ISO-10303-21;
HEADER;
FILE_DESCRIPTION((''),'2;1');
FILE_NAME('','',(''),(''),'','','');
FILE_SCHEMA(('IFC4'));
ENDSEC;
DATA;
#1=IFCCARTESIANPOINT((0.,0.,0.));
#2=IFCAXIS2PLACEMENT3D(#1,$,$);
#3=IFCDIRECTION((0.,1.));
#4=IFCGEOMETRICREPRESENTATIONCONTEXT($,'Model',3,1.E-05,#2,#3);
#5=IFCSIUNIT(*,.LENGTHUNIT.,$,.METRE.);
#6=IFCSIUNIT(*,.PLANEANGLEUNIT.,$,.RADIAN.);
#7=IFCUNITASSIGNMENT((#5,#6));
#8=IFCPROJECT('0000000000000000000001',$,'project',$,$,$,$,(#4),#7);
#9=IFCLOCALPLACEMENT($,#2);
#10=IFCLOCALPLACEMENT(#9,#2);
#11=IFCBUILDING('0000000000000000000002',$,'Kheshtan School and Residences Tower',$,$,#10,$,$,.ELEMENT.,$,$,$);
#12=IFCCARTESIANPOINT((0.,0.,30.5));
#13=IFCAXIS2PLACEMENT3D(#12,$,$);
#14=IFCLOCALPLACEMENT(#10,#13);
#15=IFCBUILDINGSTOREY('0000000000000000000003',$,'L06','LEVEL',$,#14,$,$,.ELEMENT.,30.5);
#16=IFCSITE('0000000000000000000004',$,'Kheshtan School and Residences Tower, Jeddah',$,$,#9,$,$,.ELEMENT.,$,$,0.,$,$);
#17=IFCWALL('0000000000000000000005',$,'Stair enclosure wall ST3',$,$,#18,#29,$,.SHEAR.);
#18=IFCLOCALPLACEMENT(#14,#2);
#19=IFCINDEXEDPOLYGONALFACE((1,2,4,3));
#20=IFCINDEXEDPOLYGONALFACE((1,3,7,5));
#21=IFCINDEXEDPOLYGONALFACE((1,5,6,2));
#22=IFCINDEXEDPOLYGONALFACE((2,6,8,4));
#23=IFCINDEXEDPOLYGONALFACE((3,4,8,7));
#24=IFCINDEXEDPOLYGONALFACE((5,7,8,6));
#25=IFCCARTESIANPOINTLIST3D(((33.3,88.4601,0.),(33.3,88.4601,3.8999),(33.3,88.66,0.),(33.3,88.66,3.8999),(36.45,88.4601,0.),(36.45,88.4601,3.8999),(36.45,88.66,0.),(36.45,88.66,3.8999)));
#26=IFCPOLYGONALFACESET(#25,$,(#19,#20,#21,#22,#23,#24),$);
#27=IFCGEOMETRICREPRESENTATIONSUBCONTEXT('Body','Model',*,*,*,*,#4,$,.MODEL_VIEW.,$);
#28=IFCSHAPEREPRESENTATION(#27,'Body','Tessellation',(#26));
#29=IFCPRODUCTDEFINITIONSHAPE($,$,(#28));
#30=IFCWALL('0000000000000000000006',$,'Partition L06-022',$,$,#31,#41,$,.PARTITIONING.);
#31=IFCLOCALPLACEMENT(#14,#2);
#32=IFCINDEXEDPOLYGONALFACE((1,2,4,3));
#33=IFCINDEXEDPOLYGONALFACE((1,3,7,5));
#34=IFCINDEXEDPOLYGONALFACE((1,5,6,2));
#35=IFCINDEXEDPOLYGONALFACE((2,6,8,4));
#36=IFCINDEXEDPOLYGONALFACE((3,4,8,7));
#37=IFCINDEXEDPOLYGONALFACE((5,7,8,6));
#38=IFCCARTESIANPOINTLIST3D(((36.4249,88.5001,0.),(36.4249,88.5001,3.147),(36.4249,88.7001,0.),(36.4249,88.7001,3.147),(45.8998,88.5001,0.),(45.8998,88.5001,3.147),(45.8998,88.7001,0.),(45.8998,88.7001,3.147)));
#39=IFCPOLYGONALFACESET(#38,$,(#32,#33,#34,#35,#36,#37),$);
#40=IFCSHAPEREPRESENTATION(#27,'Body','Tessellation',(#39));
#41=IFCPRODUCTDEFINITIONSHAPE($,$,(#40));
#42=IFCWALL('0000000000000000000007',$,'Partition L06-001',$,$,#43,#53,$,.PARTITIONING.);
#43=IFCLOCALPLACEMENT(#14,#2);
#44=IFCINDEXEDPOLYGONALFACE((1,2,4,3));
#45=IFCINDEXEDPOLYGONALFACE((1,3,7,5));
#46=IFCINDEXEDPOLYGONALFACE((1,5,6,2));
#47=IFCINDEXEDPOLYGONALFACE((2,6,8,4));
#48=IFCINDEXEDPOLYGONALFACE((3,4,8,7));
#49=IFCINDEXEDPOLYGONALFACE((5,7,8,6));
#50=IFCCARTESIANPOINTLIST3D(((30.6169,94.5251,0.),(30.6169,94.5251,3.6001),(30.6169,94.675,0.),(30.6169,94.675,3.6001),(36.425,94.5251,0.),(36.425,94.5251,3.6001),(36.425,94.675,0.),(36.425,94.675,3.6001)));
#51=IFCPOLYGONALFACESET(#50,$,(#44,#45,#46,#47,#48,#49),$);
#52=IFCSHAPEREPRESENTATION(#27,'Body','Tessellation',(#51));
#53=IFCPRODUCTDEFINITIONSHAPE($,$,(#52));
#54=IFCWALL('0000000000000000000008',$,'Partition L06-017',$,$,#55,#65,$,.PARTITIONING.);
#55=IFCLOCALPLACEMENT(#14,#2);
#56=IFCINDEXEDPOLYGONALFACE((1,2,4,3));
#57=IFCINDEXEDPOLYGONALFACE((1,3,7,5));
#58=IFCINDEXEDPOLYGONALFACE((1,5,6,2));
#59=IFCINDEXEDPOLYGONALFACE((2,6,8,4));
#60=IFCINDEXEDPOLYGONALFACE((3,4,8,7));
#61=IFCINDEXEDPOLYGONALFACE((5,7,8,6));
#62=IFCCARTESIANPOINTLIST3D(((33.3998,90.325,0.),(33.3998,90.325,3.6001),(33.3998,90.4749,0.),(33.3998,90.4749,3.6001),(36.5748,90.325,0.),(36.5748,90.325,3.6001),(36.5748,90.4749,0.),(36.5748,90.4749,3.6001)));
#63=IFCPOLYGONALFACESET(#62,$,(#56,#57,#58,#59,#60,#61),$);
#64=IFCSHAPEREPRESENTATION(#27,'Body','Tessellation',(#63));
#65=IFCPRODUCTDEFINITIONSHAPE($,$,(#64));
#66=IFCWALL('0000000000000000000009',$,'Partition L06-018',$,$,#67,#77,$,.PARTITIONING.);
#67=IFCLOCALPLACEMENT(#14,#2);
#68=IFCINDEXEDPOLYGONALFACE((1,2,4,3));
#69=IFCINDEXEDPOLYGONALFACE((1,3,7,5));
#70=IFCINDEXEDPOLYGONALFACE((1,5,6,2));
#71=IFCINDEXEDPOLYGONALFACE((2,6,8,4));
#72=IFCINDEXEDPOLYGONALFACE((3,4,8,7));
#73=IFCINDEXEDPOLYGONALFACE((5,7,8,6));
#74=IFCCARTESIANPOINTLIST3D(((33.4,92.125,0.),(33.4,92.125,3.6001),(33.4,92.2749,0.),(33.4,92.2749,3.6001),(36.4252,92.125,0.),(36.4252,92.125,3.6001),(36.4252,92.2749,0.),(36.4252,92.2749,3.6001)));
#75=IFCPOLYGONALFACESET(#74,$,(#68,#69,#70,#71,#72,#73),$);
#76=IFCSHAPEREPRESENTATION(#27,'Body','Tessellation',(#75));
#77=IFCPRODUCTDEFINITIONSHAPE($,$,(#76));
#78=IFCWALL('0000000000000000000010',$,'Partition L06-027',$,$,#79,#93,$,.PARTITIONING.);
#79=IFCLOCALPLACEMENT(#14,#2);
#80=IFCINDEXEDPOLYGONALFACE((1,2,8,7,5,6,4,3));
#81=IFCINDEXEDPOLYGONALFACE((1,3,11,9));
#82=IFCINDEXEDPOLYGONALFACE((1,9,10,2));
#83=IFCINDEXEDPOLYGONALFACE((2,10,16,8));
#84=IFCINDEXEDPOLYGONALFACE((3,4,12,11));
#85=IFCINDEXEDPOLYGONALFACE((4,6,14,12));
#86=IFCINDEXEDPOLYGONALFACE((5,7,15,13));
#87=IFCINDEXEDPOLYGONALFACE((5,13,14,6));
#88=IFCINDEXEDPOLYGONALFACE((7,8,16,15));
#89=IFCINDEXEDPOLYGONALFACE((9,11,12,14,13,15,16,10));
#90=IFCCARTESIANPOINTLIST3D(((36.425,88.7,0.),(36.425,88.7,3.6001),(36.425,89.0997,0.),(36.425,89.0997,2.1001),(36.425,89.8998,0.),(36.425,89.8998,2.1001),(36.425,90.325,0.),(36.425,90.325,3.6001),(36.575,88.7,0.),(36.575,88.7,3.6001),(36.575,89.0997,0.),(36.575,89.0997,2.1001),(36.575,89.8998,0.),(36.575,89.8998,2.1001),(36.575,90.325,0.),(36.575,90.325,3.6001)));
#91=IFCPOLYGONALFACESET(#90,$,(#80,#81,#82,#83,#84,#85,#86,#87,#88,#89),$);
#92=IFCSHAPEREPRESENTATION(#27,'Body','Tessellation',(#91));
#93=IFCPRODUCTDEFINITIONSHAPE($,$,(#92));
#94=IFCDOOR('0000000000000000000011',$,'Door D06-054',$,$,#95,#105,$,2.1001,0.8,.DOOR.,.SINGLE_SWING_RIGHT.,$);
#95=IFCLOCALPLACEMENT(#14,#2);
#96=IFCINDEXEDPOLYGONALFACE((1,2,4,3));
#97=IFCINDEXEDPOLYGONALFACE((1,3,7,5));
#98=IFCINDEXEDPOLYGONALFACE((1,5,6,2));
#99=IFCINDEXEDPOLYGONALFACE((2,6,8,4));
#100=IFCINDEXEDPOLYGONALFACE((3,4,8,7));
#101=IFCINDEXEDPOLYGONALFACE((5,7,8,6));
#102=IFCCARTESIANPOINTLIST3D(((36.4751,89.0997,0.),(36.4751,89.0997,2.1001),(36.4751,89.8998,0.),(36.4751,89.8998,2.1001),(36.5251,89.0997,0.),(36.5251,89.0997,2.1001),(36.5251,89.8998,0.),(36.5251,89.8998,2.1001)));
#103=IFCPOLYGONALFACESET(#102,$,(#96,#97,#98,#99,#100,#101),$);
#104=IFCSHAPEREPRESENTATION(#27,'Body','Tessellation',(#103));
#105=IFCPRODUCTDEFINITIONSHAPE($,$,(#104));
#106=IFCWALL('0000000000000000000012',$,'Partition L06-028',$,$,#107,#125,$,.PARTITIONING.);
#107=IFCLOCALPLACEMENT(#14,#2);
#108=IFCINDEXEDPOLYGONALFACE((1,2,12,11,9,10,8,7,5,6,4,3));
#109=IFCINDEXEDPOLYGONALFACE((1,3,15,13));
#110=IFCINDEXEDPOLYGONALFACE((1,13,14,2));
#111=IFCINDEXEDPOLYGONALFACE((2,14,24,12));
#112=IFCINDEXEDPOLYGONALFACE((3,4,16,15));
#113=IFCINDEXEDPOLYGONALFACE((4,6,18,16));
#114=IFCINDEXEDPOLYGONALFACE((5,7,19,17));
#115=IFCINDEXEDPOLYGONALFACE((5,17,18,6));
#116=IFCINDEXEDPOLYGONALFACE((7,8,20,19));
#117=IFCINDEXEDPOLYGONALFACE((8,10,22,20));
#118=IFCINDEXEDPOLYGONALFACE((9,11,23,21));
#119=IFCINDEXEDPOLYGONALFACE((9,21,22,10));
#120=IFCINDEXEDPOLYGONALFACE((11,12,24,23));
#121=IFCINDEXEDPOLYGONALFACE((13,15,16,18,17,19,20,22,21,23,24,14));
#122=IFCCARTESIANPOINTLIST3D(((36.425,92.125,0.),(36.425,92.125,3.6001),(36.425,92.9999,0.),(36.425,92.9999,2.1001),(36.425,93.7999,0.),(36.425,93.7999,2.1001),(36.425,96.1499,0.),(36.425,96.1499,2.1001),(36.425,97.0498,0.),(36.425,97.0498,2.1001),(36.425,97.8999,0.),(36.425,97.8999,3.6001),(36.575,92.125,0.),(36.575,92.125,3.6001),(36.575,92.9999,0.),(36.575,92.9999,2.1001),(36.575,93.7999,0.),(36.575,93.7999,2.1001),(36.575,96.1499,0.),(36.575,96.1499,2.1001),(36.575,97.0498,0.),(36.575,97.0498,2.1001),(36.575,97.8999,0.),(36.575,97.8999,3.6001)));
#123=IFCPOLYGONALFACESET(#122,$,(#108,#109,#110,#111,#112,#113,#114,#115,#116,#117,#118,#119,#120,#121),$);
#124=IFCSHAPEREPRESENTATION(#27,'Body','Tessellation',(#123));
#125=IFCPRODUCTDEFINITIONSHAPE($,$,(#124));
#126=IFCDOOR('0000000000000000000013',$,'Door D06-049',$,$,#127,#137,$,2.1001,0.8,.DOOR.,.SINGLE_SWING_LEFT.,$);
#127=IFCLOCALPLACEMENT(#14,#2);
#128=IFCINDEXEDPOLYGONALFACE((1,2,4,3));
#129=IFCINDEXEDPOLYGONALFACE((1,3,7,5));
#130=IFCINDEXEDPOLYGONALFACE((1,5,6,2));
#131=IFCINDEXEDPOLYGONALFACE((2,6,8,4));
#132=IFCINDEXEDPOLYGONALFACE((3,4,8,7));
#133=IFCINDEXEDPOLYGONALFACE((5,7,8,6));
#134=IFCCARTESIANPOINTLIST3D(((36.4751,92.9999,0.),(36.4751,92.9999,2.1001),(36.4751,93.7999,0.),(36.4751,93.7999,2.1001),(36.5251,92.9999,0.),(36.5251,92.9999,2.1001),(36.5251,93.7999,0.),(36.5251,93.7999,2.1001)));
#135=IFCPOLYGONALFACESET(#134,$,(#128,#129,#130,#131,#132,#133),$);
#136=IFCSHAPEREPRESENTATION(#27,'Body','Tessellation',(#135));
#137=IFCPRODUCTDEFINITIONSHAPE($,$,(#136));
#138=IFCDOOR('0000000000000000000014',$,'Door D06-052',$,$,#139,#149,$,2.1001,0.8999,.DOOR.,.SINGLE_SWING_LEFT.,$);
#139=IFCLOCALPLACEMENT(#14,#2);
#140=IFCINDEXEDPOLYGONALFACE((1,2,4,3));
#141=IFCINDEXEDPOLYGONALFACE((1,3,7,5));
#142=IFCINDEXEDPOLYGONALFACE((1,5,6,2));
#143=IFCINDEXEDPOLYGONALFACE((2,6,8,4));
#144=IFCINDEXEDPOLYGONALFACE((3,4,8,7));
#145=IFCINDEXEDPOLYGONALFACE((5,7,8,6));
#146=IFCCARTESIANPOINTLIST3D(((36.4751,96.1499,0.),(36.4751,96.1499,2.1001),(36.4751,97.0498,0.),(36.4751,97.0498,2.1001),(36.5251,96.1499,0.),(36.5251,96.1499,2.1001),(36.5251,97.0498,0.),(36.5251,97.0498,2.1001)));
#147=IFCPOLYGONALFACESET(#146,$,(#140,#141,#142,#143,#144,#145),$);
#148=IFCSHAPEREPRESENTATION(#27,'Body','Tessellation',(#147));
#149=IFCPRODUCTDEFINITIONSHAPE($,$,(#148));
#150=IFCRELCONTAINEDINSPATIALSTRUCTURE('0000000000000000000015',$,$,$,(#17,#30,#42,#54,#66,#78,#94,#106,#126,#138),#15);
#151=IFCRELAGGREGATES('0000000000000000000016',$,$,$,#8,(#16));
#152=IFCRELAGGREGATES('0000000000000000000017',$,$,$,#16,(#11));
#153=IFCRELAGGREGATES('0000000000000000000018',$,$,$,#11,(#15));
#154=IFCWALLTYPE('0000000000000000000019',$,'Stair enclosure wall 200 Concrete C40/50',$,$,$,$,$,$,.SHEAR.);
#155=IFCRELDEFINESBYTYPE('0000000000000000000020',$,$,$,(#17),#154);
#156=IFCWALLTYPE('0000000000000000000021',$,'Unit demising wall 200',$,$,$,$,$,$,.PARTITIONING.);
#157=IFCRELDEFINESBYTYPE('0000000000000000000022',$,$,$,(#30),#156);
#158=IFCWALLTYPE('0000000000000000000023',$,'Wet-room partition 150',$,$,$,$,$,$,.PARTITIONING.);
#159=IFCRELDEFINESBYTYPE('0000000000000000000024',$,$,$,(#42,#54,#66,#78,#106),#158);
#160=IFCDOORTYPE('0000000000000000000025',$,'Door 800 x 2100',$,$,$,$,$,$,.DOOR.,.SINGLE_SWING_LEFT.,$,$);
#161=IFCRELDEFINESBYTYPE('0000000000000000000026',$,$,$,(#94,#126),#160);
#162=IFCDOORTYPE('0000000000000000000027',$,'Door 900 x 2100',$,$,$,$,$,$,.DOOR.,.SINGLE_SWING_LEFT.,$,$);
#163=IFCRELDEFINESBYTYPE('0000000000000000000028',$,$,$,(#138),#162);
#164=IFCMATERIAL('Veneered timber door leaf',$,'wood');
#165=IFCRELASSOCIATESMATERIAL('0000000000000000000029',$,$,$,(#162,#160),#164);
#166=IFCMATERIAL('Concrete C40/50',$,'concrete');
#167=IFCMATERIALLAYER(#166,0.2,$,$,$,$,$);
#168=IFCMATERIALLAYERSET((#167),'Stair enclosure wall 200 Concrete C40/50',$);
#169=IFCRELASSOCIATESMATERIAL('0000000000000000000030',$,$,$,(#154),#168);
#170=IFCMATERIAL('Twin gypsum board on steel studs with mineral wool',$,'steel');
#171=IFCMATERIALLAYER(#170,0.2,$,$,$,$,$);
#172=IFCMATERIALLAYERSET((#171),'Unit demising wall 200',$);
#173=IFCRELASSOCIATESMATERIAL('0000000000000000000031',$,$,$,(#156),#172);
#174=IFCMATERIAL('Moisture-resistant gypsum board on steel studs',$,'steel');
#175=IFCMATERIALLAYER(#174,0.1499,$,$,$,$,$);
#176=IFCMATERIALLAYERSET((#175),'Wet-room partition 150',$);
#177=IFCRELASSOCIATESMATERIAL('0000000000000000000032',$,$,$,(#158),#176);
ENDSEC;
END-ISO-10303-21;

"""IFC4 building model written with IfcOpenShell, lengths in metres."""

from ifc_helpers import new_model, si_unit, direction, frame, frame_2d, origin, place, context, subcontext, project, spatial, rectangle, extrude, source, transform, mapped, material, layer, layer_set, type_object, element, fill, save


model = new_model("IFC4")

# Units and contexts
model_context = context("Model", 3, precision=1e-05, world=origin(), true_north=direction((0.0, 1.0)))
body_context = subcontext(model_context, "Body", "Model", "MODEL_VIEW")
ifc_project = project(units=[si_unit("LENGTHUNIT", "METRE"), si_unit("PLANEANGLEUNIT", "RADIAN")], contexts=[model_context])

# Site, building, storey
site_placement = place(None, origin())
site = spatial("IfcSite", under=ifc_project, at=site_placement, Name="Kheshtan School and Residences Tower, Jeddah", CompositionType="ELEMENT", RefElevation=0.0)
building_placement = place(site_placement, origin())
building = spatial("IfcBuilding", under=site, at=building_placement, Name="Kheshtan School and Residences Tower", CompositionType="ELEMENT")
storey_placement = place(building_placement, frame((0.0, 0.0, 30.5)))
storey = spatial("IfcBuildingStorey", under=building, at=storey_placement, Name="L06", Description="LEVEL", CompositionType="ELEMENT", Elevation=30.5)

# Shared definitions
ifc_material_1 = material(Name="Veneered timber door leaf", Category="wood")
door_type_1 = type_object("IfcDoorType", Name="Door 900 x 2100", OperationType="SINGLE_SWING_LEFT", PredefinedType="DOOR", material=ifc_material_1)
shared_shape_1 = source(origin(), body_context, "Body", "SweptSolid", [
    extrude(rectangle(XDim=0.8999, YDim=2.1001, at=frame_2d((0.45, 1.05))), frame((0.0, 0.0249, 0.0), z_axis=(0.0, -1.0, 0.0), x_axis=(1.0, 0.0, 0.0)), (0.0, 0.0, 1.0), 0.05),
])

# Walls
ifc_material_2 = material(Name="Concrete C40/50", Category="concrete")
ifc_layer_1 = layer(ifc_material_2, 0.2)
ifc_layer_set_1 = layer_set([ifc_layer_1], Name="Stair enclosure wall 200 Concrete C40/50")
wall_type_1 = type_object("IfcWallType", Name="Stair enclosure wall 200 Concrete C40/50", PredefinedType="SHEAR", material=ifc_layer_set_1)
wall_1_placement = place(storey_placement, frame((33.3, 88.5601, 0.0), z_axis=(0.0, 0.0, 1.0), x_axis=(1.0, 0.0, 0.0)))
element("IfcWall", 1, at=wall_1_placement, inside=storey, type_object=wall_type_1, Name="Stair enclosure wall ST3", PredefinedType="SHEAR", context=body_context, shape_type="SweptSolid", body=[
    extrude(rectangle(XDim=3.1499, YDim=0.2, at=frame_2d((1.575, 0.0))), origin(), (0.0, 0.0, 1.0), 3.8999),
])
ifc_material_3 = material(Name="Twin gypsum board on steel studs with mineral wool", Category="steel")
ifc_layer_2 = layer(ifc_material_3, 0.2)
ifc_layer_set_2 = layer_set([ifc_layer_2], Name="Unit demising wall 200")
wall_type_2 = type_object("IfcWallType", Name="Unit demising wall 200", PredefinedType="PARTITIONING", material=ifc_layer_set_2)
wall_2_placement = place(storey_placement, frame((36.425, 88.6001, 0.0), z_axis=(0.0, 0.0, 1.0), x_axis=(1.0, 0.0, 0.0)))
element("IfcWall", 2, at=wall_2_placement, inside=storey, type_object=wall_type_2, Name="Partition L06-022", PredefinedType="PARTITIONING", context=body_context, shape_type="SweptSolid", body=[
    extrude(rectangle(XDim=9.4749, YDim=0.2, at=frame_2d((4.7373, 0.0))), origin(), (0.0, 0.0, 1.0), 3.147),
])
ifc_material_4 = material(Name="Moisture-resistant gypsum board on steel studs", Category="steel")
ifc_layer_3 = layer(ifc_material_4, 0.1499)
ifc_layer_set_3 = layer_set([ifc_layer_3], Name="Wet-room partition 150")
wall_type_3 = type_object("IfcWallType", Name="Wet-room partition 150", PredefinedType="PARTITIONING", material=ifc_layer_set_3)
wall_3_placement = place(storey_placement, frame((30.6169, 94.6001, 0.0), z_axis=(0.0, 0.0, 1.0), x_axis=(1.0, 0.0, 0.0)))
element("IfcWall", 3, at=wall_3_placement, inside=storey, type_object=wall_type_3, Name="Partition L06-001", PredefinedType="PARTITIONING", context=body_context, shape_type="SweptSolid", body=[
    extrude(rectangle(XDim=5.8081, YDim=0.1499, at=frame_2d((2.9041, 0.0))), origin(), (0.0, 0.0, 1.0), 3.6001),
])
wall_4_placement = place(storey_placement, frame((33.3999, 90.3999, 0.0), z_axis=(0.0, 0.0, 1.0), x_axis=(1.0, 0.0, 0.0)))
element("IfcWall", 4, at=wall_4_placement, inside=storey, type_object=wall_type_3, Name="Partition L06-017", PredefinedType="PARTITIONING", context=body_context, shape_type="SweptSolid", body=[
    extrude(rectangle(XDim=3.175, YDim=0.1499, at=frame_2d((1.5874, 0.0))), origin(), (0.0, 0.0, 1.0), 3.6001),
])
wall_5_placement = place(storey_placement, frame((33.3999, 92.2, 0.0), z_axis=(0.0, 0.0, 1.0), x_axis=(1.0, 0.0, 0.0)))
element("IfcWall", 5, at=wall_5_placement, inside=storey, type_object=wall_type_3, Name="Partition L06-018", PredefinedType="PARTITIONING", context=body_context, shape_type="SweptSolid", body=[
    extrude(rectangle(XDim=3.0251, YDim=0.1499, at=frame_2d((1.5127, 0.0))), origin(), (0.0, 0.0, 1.0), 3.6001),
])

# Wall, opening, door
wall_6_placement = place(storey_placement, frame((36.5, 88.7, 0.0), z_axis=(0.0, 0.0, 1.0), x_axis=(0.0, 1.0, 0.0)))
wall_6 = element("IfcWall", 6, at=wall_6_placement, inside=storey, type_object=wall_type_3, Name="Partition L06-027", PredefinedType="PARTITIONING", context=body_context, shape_type="SweptSolid", body=[
    extrude(rectangle(XDim=1.625, YDim=0.1499, at=frame_2d((0.8125, 0.0))), origin(), (0.0, 0.0, 1.0), 3.6001),
])
opening_1_placement = place(wall_6_placement, frame((0.3999, 0.0, 0.0)))
opening_1 = element("IfcOpeningElement", 7, at=opening_1_placement, cuts=wall_6, PredefinedType="OPENING", context=body_context, shape_type="SweptSolid", body=[
    extrude(rectangle(XDim=0.8, YDim=2.1001, at=frame_2d((0.3999, 1.05))), frame((0.0, 0.085, 0.0), z_axis=(0.0, -1.0, 0.0), x_axis=(1.0, 0.0, 0.0)), (0.0, 0.0, 1.0), 0.1699),
])
door_type_2 = type_object("IfcDoorType", Name="Door 800 x 2100", OperationType="SINGLE_SWING_LEFT", PredefinedType="DOOR", material=ifc_material_1)
shared_shape_2 = source(origin(), body_context, "Body", "SweptSolid", [
    extrude(rectangle(XDim=0.8, YDim=2.1001, at=frame_2d((0.3999, 1.05))), frame((0.0, 0.0249, 0.0), z_axis=(0.0, -1.0, 0.0), x_axis=(1.0, 0.0, 0.0)), (0.0, 0.0, 1.0), 0.05),
])
door_1_placement = place(opening_1_placement, origin())
door_1 = element("IfcDoor", 8, at=door_1_placement, inside=storey, type_object=door_type_2, Name="Door D06-054", OperationType="SINGLE_SWING_RIGHT", OverallHeight=2.1001, OverallWidth=0.8, PredefinedType="DOOR", context=body_context, shape_type="MappedRepresentation", body=[
    mapped(shared_shape_2, transform((0.0, 0.0, 0.0), x_axis=(1.0, 0.0, 0.0), y_axis=(0.0, 1.0, 0.0), z_axis=(0.0, 0.0, 1.0), scale=1.0)),
])
fill(opening_1, door_1)

# Wall, openings, doors
wall_7_placement = place(storey_placement, frame((36.5, 92.125, 0.0), z_axis=(0.0, 0.0, 1.0), x_axis=(0.0, 1.0, 0.0)))
wall_7 = element("IfcWall", 9, at=wall_7_placement, inside=storey, type_object=wall_type_3, Name="Partition L06-028", PredefinedType="PARTITIONING", context=body_context, shape_type="SweptSolid", body=[
    extrude(rectangle(XDim=5.7749, YDim=0.1499, at=frame_2d((2.8875, 0.0))), origin(), (0.0, 0.0, 1.0), 3.6001),
])
opening_2_placement = place(wall_7_placement, frame((0.875, 0.0, 0.0)))
opening_2 = element("IfcOpeningElement", 10, at=opening_2_placement, cuts=wall_7, PredefinedType="OPENING", context=body_context, shape_type="SweptSolid", body=[
    extrude(rectangle(XDim=0.8, YDim=2.1001, at=frame_2d((0.3999, 1.05))), frame((0.0, 0.085, 0.0), z_axis=(0.0, -1.0, 0.0), x_axis=(1.0, 0.0, 0.0)), (0.0, 0.0, 1.0), 0.1699),
])
opening_3_placement = place(wall_7_placement, frame((4.0249, 0.0, 0.0)))
opening_3 = element("IfcOpeningElement", 11, at=opening_3_placement, cuts=wall_7, PredefinedType="OPENING", context=body_context, shape_type="SweptSolid", body=[
    extrude(rectangle(XDim=0.8999, YDim=2.1001, at=frame_2d((0.45, 1.05))), frame((0.0, 0.085, 0.0), z_axis=(0.0, -1.0, 0.0), x_axis=(1.0, 0.0, 0.0)), (0.0, 0.0, 1.0), 0.1699),
])
door_2_placement = place(opening_2_placement, origin())
door_2 = element("IfcDoor", 12, at=door_2_placement, inside=storey, type_object=door_type_2, Name="Door D06-049", OperationType="SINGLE_SWING_LEFT", OverallHeight=2.1001, OverallWidth=0.8, PredefinedType="DOOR", context=body_context, shape_type="MappedRepresentation", body=[
    mapped(shared_shape_2, transform((0.0, 0.0, 0.0), x_axis=(1.0, 0.0, 0.0), y_axis=(0.0, 1.0, 0.0), z_axis=(0.0, 0.0, 1.0), scale=1.0)),
])
fill(opening_2, door_2)
door_3_placement = place(opening_3_placement, origin())
door_3 = element("IfcDoor", 13, at=door_3_placement, inside=storey, type_object=door_type_1, Name="Door D06-052", OperationType="SINGLE_SWING_LEFT", OverallHeight=2.1001, OverallWidth=0.8999, PredefinedType="DOOR", context=body_context, shape_type="MappedRepresentation", body=[
    mapped(shared_shape_1, transform((0.0, 0.0, 0.0), x_axis=(1.0, 0.0, 0.0), y_axis=(0.0, 1.0, 0.0), z_axis=(0.0, 0.0, 1.0), scale=1.0)),
])
fill(opening_3, door_3)

save(model, "model.ifc")
